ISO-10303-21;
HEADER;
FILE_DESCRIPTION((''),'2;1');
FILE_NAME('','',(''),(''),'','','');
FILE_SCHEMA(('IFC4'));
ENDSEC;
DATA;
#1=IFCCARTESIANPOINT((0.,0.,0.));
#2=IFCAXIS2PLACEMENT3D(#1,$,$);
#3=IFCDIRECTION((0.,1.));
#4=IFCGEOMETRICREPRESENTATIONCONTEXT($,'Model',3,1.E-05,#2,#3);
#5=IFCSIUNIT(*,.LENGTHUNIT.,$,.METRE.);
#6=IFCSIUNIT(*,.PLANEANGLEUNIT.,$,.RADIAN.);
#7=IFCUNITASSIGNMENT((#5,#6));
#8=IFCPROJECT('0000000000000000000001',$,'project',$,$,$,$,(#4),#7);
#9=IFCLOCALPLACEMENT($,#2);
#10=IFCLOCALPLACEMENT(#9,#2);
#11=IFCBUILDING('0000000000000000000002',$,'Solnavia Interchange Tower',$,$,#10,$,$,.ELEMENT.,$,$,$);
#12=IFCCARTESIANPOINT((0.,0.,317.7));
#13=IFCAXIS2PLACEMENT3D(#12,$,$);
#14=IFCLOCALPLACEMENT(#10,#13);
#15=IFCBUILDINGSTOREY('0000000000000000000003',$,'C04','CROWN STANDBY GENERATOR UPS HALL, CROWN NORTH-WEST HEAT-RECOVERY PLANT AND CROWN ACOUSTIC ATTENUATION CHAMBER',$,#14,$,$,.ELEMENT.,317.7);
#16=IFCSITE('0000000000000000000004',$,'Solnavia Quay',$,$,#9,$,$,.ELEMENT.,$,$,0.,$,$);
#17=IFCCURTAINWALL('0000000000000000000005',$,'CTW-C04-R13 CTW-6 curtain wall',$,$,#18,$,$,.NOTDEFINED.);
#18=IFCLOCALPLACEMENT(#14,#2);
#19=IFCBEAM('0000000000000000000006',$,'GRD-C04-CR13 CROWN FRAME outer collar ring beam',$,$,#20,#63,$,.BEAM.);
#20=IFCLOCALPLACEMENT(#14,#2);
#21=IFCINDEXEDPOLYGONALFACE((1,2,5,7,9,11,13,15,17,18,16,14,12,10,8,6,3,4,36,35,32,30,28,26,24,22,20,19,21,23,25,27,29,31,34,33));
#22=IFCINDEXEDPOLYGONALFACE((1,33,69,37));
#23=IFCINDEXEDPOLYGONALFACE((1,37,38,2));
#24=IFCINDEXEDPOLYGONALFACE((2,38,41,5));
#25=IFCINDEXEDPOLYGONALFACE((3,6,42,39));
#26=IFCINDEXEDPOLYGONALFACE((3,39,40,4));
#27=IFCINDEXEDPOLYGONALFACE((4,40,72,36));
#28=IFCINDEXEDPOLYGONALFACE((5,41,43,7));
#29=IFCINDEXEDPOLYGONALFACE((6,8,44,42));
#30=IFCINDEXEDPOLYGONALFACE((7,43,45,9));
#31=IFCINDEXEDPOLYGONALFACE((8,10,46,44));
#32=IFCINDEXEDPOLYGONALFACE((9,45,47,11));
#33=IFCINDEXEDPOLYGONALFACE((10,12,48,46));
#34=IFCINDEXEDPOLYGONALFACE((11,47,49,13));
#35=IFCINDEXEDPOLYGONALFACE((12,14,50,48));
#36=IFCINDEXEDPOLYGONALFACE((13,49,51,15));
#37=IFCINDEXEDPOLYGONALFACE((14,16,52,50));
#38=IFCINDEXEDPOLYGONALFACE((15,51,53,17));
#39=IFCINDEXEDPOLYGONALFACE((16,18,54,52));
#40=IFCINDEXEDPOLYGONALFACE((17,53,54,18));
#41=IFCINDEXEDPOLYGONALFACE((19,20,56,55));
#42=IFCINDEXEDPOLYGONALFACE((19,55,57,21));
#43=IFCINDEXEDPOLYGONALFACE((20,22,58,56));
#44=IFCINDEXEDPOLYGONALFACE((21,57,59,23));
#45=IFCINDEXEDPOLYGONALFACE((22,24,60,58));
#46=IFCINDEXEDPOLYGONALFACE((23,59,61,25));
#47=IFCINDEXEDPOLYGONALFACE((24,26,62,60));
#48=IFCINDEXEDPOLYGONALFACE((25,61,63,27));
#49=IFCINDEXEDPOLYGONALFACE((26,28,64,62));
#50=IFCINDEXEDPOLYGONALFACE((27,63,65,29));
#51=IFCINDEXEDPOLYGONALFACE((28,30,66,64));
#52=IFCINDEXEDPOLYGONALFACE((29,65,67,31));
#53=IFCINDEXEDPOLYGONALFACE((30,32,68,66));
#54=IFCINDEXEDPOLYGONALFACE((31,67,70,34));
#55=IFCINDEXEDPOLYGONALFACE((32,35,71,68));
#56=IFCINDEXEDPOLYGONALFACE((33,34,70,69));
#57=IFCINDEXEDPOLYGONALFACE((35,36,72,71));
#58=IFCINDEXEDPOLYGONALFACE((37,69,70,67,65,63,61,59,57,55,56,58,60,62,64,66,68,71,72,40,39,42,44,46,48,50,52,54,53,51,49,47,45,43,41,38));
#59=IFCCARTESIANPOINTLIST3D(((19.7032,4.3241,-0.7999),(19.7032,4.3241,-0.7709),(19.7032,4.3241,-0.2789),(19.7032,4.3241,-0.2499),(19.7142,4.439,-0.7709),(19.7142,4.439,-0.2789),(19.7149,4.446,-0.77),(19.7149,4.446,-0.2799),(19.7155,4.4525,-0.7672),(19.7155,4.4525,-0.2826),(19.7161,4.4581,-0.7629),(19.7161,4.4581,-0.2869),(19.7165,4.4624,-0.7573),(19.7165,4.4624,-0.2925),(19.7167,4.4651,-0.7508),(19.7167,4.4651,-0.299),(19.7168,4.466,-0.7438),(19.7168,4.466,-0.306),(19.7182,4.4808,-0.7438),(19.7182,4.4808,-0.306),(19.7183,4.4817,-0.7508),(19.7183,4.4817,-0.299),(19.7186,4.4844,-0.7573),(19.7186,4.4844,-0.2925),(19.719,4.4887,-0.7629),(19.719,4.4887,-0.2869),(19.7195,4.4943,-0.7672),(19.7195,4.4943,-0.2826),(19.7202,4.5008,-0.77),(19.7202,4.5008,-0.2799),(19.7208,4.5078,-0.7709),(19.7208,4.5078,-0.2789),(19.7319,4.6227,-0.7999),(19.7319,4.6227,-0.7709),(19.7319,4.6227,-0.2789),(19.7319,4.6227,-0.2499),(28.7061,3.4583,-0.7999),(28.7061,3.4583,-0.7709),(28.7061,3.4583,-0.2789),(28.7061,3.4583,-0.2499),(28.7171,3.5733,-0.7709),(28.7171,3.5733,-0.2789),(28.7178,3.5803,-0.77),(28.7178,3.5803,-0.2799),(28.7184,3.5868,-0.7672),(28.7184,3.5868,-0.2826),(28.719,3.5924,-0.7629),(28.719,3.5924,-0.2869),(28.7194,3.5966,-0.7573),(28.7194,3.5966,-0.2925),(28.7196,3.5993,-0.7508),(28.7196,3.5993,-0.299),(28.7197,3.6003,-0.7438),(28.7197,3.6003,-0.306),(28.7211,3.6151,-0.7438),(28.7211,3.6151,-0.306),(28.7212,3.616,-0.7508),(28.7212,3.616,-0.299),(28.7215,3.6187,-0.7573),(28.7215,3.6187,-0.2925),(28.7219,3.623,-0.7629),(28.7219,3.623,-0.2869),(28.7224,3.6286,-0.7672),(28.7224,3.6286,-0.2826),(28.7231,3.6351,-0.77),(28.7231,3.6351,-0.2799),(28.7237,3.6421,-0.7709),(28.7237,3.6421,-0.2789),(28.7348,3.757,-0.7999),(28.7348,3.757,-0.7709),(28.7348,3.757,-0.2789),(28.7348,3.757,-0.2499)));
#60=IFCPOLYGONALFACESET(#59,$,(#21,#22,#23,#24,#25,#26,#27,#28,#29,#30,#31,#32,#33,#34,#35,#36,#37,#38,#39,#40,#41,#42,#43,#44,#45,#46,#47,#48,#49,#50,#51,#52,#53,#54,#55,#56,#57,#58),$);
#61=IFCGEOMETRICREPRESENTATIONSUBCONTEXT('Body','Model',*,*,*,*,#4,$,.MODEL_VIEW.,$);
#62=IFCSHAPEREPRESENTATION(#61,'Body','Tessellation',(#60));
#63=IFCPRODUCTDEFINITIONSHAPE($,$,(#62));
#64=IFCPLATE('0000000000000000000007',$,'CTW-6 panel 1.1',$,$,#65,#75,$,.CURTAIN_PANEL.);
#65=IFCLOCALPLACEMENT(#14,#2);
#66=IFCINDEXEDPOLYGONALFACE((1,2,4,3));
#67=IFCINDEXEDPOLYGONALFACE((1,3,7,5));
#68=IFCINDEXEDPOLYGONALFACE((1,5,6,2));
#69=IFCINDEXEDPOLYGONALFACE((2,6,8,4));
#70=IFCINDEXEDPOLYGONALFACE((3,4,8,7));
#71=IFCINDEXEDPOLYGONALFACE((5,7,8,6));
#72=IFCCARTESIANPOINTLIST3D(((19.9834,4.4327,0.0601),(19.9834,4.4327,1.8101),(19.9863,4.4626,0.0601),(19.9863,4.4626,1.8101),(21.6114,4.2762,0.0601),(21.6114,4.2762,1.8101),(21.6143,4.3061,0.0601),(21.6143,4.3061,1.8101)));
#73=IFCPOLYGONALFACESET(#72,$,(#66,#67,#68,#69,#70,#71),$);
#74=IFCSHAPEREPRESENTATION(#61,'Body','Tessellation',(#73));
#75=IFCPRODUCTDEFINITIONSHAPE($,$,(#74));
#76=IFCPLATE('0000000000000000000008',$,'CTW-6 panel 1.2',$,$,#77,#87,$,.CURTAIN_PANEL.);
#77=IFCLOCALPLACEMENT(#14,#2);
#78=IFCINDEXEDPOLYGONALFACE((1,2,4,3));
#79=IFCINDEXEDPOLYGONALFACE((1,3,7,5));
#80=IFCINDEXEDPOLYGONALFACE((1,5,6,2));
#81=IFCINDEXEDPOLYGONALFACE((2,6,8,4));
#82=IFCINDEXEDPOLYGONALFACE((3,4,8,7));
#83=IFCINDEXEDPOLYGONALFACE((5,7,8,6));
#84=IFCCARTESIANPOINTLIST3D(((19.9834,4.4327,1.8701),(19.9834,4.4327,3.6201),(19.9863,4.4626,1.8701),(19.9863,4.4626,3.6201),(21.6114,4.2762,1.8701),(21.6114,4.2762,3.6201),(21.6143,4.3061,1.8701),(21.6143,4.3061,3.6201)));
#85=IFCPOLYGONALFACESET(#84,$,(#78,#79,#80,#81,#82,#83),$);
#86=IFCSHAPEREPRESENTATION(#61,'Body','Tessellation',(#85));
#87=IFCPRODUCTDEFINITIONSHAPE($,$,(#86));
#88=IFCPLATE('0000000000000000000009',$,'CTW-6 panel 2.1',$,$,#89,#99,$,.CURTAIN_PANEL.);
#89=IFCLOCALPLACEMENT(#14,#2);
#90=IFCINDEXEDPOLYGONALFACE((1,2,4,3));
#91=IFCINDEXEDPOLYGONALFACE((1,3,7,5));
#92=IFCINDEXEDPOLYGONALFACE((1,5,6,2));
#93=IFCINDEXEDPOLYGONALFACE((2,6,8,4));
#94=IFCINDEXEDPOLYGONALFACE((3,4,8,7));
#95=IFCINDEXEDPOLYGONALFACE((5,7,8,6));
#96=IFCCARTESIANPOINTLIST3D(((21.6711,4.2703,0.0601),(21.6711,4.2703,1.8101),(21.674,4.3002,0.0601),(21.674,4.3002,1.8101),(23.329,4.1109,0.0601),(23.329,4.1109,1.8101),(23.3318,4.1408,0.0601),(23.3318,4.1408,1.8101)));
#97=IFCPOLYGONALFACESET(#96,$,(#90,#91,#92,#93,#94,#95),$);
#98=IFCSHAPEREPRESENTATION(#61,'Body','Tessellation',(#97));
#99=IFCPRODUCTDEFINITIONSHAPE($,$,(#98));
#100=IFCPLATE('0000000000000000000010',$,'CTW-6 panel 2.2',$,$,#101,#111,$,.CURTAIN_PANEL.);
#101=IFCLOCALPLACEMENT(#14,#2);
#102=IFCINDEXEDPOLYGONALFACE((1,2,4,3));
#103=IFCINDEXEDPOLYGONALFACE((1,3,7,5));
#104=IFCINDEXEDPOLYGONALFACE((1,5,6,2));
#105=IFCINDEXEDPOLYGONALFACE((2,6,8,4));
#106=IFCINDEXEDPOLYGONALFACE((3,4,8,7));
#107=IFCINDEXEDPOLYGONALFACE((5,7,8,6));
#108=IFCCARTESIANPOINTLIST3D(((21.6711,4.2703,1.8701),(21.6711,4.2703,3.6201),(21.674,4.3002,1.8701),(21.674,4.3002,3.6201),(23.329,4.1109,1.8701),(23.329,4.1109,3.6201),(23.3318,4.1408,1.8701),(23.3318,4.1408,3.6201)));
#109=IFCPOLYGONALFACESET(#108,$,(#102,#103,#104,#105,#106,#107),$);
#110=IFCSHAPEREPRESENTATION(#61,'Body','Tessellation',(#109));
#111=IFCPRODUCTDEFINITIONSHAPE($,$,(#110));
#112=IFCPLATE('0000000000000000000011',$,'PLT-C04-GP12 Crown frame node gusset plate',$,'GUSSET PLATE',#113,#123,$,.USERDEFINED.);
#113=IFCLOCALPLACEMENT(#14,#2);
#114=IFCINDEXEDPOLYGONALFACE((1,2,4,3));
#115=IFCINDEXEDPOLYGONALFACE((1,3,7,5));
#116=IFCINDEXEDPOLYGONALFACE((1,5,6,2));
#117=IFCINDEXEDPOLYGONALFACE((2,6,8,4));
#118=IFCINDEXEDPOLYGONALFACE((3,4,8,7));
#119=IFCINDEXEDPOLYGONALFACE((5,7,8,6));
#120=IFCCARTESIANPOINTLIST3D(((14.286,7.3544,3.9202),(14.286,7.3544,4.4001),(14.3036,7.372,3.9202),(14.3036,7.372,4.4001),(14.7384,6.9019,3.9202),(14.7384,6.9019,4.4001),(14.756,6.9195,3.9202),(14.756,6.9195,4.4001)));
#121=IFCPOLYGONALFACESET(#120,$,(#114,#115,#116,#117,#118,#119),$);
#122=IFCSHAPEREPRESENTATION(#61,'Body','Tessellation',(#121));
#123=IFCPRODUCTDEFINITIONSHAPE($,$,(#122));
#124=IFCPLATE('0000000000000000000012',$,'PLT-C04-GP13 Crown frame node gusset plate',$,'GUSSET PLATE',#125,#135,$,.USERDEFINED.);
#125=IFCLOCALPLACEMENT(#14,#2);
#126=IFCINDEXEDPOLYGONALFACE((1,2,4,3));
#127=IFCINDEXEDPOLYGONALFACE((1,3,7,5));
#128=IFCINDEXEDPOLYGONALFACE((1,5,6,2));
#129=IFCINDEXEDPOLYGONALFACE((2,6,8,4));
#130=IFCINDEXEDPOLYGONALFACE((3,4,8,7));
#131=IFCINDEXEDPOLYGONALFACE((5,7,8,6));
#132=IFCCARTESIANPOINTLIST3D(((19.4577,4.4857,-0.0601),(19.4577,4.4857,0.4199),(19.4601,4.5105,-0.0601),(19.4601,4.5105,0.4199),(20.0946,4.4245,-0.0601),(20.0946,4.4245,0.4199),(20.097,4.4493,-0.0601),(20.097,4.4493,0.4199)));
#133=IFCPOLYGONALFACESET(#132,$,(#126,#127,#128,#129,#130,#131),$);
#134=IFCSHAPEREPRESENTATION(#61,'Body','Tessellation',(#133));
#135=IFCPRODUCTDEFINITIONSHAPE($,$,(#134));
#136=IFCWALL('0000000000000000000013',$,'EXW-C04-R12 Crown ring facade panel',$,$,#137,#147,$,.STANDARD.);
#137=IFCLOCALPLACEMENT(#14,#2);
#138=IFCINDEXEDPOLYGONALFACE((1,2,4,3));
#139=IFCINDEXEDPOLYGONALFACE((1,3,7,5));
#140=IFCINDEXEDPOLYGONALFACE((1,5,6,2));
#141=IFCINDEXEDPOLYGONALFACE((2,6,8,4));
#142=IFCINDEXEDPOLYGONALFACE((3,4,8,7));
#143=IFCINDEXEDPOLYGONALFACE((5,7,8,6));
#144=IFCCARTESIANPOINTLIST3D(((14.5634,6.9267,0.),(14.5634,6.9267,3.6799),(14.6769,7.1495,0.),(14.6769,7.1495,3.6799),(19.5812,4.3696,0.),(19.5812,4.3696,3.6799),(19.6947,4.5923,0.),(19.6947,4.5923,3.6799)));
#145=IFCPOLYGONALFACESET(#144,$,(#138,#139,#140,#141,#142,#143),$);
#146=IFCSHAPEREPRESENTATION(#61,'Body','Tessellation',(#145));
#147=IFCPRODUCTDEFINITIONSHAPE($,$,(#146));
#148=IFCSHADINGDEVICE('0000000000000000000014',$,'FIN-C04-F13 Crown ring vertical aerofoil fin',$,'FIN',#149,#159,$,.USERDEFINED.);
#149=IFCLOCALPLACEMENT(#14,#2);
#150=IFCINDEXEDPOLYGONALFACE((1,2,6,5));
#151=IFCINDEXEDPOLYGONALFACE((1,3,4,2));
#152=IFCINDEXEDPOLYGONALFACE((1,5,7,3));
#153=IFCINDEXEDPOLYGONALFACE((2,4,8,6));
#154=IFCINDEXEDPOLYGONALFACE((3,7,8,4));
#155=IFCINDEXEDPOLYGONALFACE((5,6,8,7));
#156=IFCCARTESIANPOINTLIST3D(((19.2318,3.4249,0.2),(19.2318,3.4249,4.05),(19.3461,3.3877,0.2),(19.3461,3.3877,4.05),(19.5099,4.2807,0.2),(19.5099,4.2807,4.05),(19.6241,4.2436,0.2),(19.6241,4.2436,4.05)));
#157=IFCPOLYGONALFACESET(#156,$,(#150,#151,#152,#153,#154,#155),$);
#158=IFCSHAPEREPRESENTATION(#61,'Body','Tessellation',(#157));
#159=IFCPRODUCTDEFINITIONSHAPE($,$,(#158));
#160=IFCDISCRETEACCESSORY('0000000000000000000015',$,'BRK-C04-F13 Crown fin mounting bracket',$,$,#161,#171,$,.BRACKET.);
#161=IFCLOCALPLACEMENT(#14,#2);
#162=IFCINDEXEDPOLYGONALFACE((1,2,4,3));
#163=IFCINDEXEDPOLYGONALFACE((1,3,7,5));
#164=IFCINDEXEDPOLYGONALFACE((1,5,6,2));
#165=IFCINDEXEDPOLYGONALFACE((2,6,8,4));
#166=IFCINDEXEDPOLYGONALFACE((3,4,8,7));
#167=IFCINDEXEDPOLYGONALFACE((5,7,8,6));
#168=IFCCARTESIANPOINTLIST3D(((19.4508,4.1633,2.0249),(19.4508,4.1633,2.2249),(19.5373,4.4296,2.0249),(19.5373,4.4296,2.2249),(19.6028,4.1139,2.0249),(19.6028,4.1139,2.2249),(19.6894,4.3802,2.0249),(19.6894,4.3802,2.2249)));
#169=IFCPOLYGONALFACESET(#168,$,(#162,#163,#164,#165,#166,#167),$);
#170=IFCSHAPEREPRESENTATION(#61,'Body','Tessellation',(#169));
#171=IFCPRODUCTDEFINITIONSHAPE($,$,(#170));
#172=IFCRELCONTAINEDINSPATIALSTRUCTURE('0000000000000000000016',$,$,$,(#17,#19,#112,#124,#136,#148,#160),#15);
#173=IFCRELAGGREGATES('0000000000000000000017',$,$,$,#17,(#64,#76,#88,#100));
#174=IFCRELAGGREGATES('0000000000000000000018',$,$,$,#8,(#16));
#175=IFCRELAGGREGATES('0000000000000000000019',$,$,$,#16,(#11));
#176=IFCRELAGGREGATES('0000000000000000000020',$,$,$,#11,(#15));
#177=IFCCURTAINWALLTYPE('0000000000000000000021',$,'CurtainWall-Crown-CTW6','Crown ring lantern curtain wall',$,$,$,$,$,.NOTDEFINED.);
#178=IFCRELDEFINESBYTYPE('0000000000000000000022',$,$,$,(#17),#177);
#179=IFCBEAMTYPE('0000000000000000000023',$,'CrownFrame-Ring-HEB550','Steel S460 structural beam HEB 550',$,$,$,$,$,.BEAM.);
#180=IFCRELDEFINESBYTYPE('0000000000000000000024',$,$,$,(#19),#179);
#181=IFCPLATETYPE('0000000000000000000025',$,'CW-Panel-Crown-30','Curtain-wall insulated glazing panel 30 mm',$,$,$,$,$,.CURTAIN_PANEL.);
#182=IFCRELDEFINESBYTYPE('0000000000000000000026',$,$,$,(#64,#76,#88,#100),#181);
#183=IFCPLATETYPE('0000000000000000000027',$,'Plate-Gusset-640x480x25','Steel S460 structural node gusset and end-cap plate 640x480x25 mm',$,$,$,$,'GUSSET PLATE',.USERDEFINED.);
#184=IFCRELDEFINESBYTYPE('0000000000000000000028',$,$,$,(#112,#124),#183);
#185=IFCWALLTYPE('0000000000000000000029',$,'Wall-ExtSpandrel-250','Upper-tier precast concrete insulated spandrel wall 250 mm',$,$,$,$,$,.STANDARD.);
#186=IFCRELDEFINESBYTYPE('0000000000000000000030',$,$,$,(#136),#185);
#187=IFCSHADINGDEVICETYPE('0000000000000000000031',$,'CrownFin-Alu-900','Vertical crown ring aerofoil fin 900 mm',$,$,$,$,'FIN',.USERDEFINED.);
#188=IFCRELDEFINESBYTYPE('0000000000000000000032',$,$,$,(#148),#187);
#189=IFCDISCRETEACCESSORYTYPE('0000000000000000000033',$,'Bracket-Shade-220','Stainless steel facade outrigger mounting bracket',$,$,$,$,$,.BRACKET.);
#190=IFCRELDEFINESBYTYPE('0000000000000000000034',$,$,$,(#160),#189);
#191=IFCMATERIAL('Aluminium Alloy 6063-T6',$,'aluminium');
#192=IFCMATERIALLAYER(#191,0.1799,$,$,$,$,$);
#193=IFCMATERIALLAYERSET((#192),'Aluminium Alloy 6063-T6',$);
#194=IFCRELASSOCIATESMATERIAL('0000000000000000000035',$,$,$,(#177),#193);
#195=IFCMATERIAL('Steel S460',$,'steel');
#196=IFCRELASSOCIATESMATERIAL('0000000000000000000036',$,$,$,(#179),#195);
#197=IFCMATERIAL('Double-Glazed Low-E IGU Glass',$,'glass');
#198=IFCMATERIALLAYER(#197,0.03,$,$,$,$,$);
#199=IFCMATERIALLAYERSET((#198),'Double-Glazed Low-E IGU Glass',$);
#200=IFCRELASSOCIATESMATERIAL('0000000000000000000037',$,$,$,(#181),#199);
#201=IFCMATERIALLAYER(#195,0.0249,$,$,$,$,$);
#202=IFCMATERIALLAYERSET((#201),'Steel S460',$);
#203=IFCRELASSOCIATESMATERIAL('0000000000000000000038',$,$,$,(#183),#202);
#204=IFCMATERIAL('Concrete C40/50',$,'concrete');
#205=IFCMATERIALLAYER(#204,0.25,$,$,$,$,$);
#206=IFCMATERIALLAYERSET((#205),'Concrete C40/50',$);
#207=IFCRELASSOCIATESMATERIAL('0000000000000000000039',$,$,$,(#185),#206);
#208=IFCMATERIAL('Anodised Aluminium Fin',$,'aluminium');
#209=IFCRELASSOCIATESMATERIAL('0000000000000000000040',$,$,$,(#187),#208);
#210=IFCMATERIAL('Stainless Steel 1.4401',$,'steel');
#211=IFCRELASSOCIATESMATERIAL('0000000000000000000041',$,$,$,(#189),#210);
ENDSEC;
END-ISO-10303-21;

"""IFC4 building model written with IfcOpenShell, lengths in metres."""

from ifc_helpers import new_model, si_unit, direction, frame, frame_2d, origin, origin_2d, place, context, subcontext, project, spatial, rectangle, i_section, extrude, material, layer, layer_set, material_profile, profile_set, type_object, element, aggregate, save


model = new_model("IFC4")

# Units and contexts
model_context = context("Model", 3, precision=1e-05, world=origin(), true_north=direction((0.0, 1.0)))
body_context = subcontext(model_context, "Body", "Model", "MODEL_VIEW")
ifc_project = project(units=[si_unit("LENGTHUNIT", "METRE"), si_unit("PLANEANGLEUNIT", "RADIAN")], contexts=[model_context])

# Site, building, storey
site_placement = place(None, origin())
site = spatial("IfcSite", under=ifc_project, at=site_placement, Name="Solnavia Quay", CompositionType="ELEMENT", RefElevation=0.0)
building_placement = place(site_placement, origin())
building = spatial("IfcBuilding", under=site, at=building_placement, Name="Solnavia Interchange Tower", CompositionType="ELEMENT")
storey_placement = place(building_placement, frame((0.0, 0.0, 317.7)))
storey = spatial("IfcBuildingStorey", under=building, at=storey_placement, Name="C04", Description="CROWN STANDBY GENERATOR UPS HALL, CROWN NORTH-WEST HEAT-RECOVERY PLANT AND CROWN ACOUSTIC ATTENUATION CHAMBER", CompositionType="ELEMENT", Elevation=317.7)

# Shared definitions
ifc_material_1 = material(Name="Steel S460", Category="steel")

# Curtain wall
ifc_material_2 = material(Name="Aluminium Alloy 6063-T6", Category="aluminium")
ifc_layer_1 = layer(ifc_material_2, 0.1799)
ifc_layer_set_1 = layer_set([ifc_layer_1], Name="Aluminium Alloy 6063-T6")
curtain_wall_type = type_object("IfcCurtainWallType", Name="CurtainWall-Crown-CTW6", Description="Crown ring lantern curtain wall", PredefinedType="NOTDEFINED", material=ifc_layer_set_1)
curtain_wall_placement = place(storey_placement, origin())
curtain_wall = element("IfcCurtainWall", 1, at=curtain_wall_placement, inside=storey, type_object=curtain_wall_type, Name="CTW-C04-R13 CTW-6 curtain wall", PredefinedType="NOTDEFINED")

# Beam
ifc_material_profile_1 = material_profile(ifc_material_1, i_section(OverallWidth=0.3, OverallDepth=0.55, WebThickness=0.0149, FlangeThickness=0.0291, FilletRadius=0.0271, at=origin_2d()), Name="HEB 550")
ifc_profile_set_1 = profile_set([ifc_material_profile_1], Name="Steel S460")
beam_type = type_object("IfcBeamType", Name="CrownFrame-Ring-HEB550", Description="Steel S460 structural beam HEB 550", PredefinedType="BEAM", material=ifc_profile_set_1)
beam_1_placement = place(storey_placement, frame((19.7175, 4.4734, -0.5249), z_axis=(0.995408, -0.095719, 0.0), x_axis=(0.095719, 0.995408, 0.0)))
element("IfcBeam", 2, at=beam_1_placement, inside=storey, type_object=beam_type, Name="GRD-C04-CR13 CROWN FRAME outer collar ring beam", PredefinedType="BEAM", context=body_context, shape_type="SweptSolid", body=[
    extrude(i_section(OverallWidth=0.3, OverallDepth=0.55, WebThickness=0.0149, FlangeThickness=0.0291, FilletRadius=0.0271, at=origin_2d()), origin(), (0.0, 0.0, 1.0), 9.0444),
])

# Plates
ifc_material_3 = material(Name="Double-Glazed Low-E IGU Glass", Category="glass")
ifc_layer_2 = layer(ifc_material_3, 0.03)
ifc_layer_set_2 = layer_set([ifc_layer_2], Name="Double-Glazed Low-E IGU Glass")
plate_type_1 = type_object("IfcPlateType", Name="CW-Panel-Crown-30", Description="Curtain-wall insulated glazing panel 30 mm", PredefinedType="CURTAIN_PANEL", material=ifc_layer_set_2)
plate_1_placement = place(storey_placement, frame((20.7988, 4.3694, 0.0601), z_axis=(0.0, 0.0, 1.0), x_axis=(0.995408, -0.09572, 0.0)))
plate_1 = element("IfcPlate", 3, at=plate_1_placement, type_object=plate_type_1, Name="CTW-6 panel 1.1", PredefinedType="CURTAIN_PANEL", context=body_context, shape_type="SweptSolid", body=[
    extrude(rectangle(XDim=1.6355, YDim=0.03, at=origin_2d()), origin(), (0.0, 0.0, 1.0), 1.75),
])
plate_2_placement = place(storey_placement, frame((20.7988, 4.3694, 1.8701), z_axis=(0.0, 0.0, 1.0), x_axis=(0.995408, -0.09572, 0.0)))
plate_2 = element("IfcPlate", 4, at=plate_2_placement, type_object=plate_type_1, Name="CTW-6 panel 1.2", PredefinedType="CURTAIN_PANEL", context=body_context, shape_type="SweptSolid", body=[
    extrude(rectangle(XDim=1.6355, YDim=0.03, at=origin_2d()), origin(), (0.0, 0.0, 1.0), 1.75),
])
plate_3_placement = place(storey_placement, frame((22.5015, 4.2056, 0.0601), z_axis=(0.0, 0.0, 1.0), x_axis=(0.995408, -0.09572, 0.0)))
plate_3 = element("IfcPlate", 5, at=plate_3_placement, type_object=plate_type_1, Name="CTW-6 panel 2.1", PredefinedType="CURTAIN_PANEL", context=body_context, shape_type="SweptSolid", body=[
    extrude(rectangle(XDim=1.6655, YDim=0.03, at=origin_2d()), origin(), (0.0, 0.0, 1.0), 1.75),
])
plate_4_placement = place(storey_placement, frame((22.5015, 4.2056, 1.8701), z_axis=(0.0, 0.0, 1.0), x_axis=(0.995408, -0.09572, 0.0)))
plate_4 = element("IfcPlate", 6, at=plate_4_placement, type_object=plate_type_1, Name="CTW-6 panel 2.2", PredefinedType="CURTAIN_PANEL", context=body_context, shape_type="SweptSolid", body=[
    extrude(rectangle(XDim=1.6655, YDim=0.03, at=origin_2d()), origin(), (0.0, 0.0, 1.0), 1.75),
])
aggregate(curtain_wall, [plate_1, plate_2, plate_3, plate_4])

# Plates
ifc_layer_3 = layer(ifc_material_1, 0.0249)
ifc_layer_set_3 = layer_set([ifc_layer_3], Name="Steel S460")
plate_type_2 = type_object("IfcPlateType", Name="Plate-Gusset-640x480x25", Description="Steel S460 structural node gusset and end-cap plate 640x480x25 mm", ElementType="GUSSET PLATE", PredefinedType="USERDEFINED", material=ifc_layer_set_3)
for number, where, z_axis, x_axis, name in (
    (7, (14.521, 7.137, 3.9202), (0.0, 0.0, 1.0), (0.707107, -0.707107, 0.0), "PLT-C04-GP12 Crown frame node gusset plate"),
    (8, (19.7773, 4.4675, -0.0601), (0.0, 0.0, 1.0), (0.995413, -0.095672, 0.0), "PLT-C04-GP13 Crown frame node gusset plate"),
):
    element("IfcPlate", number, at=place(storey_placement, frame(where, z_axis=z_axis, x_axis=x_axis)), inside=storey, type_object=plate_type_2, Name=name, ObjectType="GUSSET PLATE", PredefinedType="USERDEFINED", context=body_context, shape_type="SweptSolid", body=[
        extrude(rectangle(XDim=0.6399, YDim=0.0249, at=origin_2d()), origin(), (0.0, 0.0, 1.0), 0.48),
    ])

# Wall
ifc_material_4 = material(Name="Concrete C40/50", Category="concrete")
ifc_layer_4 = layer(ifc_material_4, 0.25)
ifc_layer_set_4 = layer_set([ifc_layer_4], Name="Concrete C40/50")
wall_type = type_object("IfcWallType", Name="Wall-ExtSpandrel-250", Description="Upper-tier precast concrete insulated spandrel wall 250 mm", PredefinedType="STANDARD", material=ifc_layer_set_4)
wall_placement = place(storey_placement, frame((14.6201, 7.0381, 0.0), z_axis=(0.0, 0.0, 1.0), x_axis=(0.890976, -0.45405, 0.0)))
element("IfcWall", 9, at=wall_placement, inside=storey, type_object=wall_type, Name="EXW-C04-R12 Crown ring facade panel", PredefinedType="STANDARD", context=body_context, shape_type="SweptSolid", body=[
    extrude(rectangle(XDim=5.6318, YDim=0.25, at=frame_2d((2.8159, 0.0))), origin(), (0.0, 0.0, 1.0), 3.6799),
])

# Shading device
ifc_material_5 = material(Name="Anodised Aluminium Fin", Category="aluminium")
shading_device_type = type_object("IfcShadingDeviceType", Name="CrownFin-Alu-900", Description="Vertical crown ring aerofoil fin 900 mm", ElementType="FIN", PredefinedType="USERDEFINED", material=ifc_material_5)
shading_device_placement = place(storey_placement, frame((19.428, 3.8342, 0.2), z_axis=(0.0, 0.0, 1.0), x_axis=(-0.309017, -0.951057, 0.0)))
element("IfcShadingDevice", 10, at=shading_device_placement, inside=storey, type_object=shading_device_type, Name="FIN-C04-F13 Crown ring vertical aerofoil fin", ObjectType="FIN", PredefinedType="USERDEFINED", context=body_context, shape_type="SweptSolid", body=[
    extrude(rectangle(XDim=0.8999, YDim=0.1201, at=origin_2d()), origin(), (0.0, 0.0, 1.0), 3.8501),
])

# Discrete accessory
ifc_material_6 = material(Name="Stainless Steel 1.4401", Category="steel")
discrete_accessory_type = type_object("IfcDiscreteAccessoryType", Name="Bracket-Shade-220", Description="Stainless steel facade outrigger mounting bracket", PredefinedType="BRACKET", material=ifc_material_6)
discrete_accessory_placement = place(storey_placement, frame((19.5701, 4.2717, 2.0249), z_axis=(0.0, 0.0, 1.0), x_axis=(-0.309017, -0.951057, 0.0)))
element("IfcDiscreteAccessory", 11, at=discrete_accessory_placement, inside=storey, type_object=discrete_accessory_type, Name="BRK-C04-F13 Crown fin mounting bracket", PredefinedType="BRACKET", context=body_context, shape_type="SweptSolid", body=[
    extrude(rectangle(XDim=0.28, YDim=0.1599, at=origin_2d()), origin(), (0.0, 0.0, 1.0), 0.2),
])

save(model, "model.ifc")
